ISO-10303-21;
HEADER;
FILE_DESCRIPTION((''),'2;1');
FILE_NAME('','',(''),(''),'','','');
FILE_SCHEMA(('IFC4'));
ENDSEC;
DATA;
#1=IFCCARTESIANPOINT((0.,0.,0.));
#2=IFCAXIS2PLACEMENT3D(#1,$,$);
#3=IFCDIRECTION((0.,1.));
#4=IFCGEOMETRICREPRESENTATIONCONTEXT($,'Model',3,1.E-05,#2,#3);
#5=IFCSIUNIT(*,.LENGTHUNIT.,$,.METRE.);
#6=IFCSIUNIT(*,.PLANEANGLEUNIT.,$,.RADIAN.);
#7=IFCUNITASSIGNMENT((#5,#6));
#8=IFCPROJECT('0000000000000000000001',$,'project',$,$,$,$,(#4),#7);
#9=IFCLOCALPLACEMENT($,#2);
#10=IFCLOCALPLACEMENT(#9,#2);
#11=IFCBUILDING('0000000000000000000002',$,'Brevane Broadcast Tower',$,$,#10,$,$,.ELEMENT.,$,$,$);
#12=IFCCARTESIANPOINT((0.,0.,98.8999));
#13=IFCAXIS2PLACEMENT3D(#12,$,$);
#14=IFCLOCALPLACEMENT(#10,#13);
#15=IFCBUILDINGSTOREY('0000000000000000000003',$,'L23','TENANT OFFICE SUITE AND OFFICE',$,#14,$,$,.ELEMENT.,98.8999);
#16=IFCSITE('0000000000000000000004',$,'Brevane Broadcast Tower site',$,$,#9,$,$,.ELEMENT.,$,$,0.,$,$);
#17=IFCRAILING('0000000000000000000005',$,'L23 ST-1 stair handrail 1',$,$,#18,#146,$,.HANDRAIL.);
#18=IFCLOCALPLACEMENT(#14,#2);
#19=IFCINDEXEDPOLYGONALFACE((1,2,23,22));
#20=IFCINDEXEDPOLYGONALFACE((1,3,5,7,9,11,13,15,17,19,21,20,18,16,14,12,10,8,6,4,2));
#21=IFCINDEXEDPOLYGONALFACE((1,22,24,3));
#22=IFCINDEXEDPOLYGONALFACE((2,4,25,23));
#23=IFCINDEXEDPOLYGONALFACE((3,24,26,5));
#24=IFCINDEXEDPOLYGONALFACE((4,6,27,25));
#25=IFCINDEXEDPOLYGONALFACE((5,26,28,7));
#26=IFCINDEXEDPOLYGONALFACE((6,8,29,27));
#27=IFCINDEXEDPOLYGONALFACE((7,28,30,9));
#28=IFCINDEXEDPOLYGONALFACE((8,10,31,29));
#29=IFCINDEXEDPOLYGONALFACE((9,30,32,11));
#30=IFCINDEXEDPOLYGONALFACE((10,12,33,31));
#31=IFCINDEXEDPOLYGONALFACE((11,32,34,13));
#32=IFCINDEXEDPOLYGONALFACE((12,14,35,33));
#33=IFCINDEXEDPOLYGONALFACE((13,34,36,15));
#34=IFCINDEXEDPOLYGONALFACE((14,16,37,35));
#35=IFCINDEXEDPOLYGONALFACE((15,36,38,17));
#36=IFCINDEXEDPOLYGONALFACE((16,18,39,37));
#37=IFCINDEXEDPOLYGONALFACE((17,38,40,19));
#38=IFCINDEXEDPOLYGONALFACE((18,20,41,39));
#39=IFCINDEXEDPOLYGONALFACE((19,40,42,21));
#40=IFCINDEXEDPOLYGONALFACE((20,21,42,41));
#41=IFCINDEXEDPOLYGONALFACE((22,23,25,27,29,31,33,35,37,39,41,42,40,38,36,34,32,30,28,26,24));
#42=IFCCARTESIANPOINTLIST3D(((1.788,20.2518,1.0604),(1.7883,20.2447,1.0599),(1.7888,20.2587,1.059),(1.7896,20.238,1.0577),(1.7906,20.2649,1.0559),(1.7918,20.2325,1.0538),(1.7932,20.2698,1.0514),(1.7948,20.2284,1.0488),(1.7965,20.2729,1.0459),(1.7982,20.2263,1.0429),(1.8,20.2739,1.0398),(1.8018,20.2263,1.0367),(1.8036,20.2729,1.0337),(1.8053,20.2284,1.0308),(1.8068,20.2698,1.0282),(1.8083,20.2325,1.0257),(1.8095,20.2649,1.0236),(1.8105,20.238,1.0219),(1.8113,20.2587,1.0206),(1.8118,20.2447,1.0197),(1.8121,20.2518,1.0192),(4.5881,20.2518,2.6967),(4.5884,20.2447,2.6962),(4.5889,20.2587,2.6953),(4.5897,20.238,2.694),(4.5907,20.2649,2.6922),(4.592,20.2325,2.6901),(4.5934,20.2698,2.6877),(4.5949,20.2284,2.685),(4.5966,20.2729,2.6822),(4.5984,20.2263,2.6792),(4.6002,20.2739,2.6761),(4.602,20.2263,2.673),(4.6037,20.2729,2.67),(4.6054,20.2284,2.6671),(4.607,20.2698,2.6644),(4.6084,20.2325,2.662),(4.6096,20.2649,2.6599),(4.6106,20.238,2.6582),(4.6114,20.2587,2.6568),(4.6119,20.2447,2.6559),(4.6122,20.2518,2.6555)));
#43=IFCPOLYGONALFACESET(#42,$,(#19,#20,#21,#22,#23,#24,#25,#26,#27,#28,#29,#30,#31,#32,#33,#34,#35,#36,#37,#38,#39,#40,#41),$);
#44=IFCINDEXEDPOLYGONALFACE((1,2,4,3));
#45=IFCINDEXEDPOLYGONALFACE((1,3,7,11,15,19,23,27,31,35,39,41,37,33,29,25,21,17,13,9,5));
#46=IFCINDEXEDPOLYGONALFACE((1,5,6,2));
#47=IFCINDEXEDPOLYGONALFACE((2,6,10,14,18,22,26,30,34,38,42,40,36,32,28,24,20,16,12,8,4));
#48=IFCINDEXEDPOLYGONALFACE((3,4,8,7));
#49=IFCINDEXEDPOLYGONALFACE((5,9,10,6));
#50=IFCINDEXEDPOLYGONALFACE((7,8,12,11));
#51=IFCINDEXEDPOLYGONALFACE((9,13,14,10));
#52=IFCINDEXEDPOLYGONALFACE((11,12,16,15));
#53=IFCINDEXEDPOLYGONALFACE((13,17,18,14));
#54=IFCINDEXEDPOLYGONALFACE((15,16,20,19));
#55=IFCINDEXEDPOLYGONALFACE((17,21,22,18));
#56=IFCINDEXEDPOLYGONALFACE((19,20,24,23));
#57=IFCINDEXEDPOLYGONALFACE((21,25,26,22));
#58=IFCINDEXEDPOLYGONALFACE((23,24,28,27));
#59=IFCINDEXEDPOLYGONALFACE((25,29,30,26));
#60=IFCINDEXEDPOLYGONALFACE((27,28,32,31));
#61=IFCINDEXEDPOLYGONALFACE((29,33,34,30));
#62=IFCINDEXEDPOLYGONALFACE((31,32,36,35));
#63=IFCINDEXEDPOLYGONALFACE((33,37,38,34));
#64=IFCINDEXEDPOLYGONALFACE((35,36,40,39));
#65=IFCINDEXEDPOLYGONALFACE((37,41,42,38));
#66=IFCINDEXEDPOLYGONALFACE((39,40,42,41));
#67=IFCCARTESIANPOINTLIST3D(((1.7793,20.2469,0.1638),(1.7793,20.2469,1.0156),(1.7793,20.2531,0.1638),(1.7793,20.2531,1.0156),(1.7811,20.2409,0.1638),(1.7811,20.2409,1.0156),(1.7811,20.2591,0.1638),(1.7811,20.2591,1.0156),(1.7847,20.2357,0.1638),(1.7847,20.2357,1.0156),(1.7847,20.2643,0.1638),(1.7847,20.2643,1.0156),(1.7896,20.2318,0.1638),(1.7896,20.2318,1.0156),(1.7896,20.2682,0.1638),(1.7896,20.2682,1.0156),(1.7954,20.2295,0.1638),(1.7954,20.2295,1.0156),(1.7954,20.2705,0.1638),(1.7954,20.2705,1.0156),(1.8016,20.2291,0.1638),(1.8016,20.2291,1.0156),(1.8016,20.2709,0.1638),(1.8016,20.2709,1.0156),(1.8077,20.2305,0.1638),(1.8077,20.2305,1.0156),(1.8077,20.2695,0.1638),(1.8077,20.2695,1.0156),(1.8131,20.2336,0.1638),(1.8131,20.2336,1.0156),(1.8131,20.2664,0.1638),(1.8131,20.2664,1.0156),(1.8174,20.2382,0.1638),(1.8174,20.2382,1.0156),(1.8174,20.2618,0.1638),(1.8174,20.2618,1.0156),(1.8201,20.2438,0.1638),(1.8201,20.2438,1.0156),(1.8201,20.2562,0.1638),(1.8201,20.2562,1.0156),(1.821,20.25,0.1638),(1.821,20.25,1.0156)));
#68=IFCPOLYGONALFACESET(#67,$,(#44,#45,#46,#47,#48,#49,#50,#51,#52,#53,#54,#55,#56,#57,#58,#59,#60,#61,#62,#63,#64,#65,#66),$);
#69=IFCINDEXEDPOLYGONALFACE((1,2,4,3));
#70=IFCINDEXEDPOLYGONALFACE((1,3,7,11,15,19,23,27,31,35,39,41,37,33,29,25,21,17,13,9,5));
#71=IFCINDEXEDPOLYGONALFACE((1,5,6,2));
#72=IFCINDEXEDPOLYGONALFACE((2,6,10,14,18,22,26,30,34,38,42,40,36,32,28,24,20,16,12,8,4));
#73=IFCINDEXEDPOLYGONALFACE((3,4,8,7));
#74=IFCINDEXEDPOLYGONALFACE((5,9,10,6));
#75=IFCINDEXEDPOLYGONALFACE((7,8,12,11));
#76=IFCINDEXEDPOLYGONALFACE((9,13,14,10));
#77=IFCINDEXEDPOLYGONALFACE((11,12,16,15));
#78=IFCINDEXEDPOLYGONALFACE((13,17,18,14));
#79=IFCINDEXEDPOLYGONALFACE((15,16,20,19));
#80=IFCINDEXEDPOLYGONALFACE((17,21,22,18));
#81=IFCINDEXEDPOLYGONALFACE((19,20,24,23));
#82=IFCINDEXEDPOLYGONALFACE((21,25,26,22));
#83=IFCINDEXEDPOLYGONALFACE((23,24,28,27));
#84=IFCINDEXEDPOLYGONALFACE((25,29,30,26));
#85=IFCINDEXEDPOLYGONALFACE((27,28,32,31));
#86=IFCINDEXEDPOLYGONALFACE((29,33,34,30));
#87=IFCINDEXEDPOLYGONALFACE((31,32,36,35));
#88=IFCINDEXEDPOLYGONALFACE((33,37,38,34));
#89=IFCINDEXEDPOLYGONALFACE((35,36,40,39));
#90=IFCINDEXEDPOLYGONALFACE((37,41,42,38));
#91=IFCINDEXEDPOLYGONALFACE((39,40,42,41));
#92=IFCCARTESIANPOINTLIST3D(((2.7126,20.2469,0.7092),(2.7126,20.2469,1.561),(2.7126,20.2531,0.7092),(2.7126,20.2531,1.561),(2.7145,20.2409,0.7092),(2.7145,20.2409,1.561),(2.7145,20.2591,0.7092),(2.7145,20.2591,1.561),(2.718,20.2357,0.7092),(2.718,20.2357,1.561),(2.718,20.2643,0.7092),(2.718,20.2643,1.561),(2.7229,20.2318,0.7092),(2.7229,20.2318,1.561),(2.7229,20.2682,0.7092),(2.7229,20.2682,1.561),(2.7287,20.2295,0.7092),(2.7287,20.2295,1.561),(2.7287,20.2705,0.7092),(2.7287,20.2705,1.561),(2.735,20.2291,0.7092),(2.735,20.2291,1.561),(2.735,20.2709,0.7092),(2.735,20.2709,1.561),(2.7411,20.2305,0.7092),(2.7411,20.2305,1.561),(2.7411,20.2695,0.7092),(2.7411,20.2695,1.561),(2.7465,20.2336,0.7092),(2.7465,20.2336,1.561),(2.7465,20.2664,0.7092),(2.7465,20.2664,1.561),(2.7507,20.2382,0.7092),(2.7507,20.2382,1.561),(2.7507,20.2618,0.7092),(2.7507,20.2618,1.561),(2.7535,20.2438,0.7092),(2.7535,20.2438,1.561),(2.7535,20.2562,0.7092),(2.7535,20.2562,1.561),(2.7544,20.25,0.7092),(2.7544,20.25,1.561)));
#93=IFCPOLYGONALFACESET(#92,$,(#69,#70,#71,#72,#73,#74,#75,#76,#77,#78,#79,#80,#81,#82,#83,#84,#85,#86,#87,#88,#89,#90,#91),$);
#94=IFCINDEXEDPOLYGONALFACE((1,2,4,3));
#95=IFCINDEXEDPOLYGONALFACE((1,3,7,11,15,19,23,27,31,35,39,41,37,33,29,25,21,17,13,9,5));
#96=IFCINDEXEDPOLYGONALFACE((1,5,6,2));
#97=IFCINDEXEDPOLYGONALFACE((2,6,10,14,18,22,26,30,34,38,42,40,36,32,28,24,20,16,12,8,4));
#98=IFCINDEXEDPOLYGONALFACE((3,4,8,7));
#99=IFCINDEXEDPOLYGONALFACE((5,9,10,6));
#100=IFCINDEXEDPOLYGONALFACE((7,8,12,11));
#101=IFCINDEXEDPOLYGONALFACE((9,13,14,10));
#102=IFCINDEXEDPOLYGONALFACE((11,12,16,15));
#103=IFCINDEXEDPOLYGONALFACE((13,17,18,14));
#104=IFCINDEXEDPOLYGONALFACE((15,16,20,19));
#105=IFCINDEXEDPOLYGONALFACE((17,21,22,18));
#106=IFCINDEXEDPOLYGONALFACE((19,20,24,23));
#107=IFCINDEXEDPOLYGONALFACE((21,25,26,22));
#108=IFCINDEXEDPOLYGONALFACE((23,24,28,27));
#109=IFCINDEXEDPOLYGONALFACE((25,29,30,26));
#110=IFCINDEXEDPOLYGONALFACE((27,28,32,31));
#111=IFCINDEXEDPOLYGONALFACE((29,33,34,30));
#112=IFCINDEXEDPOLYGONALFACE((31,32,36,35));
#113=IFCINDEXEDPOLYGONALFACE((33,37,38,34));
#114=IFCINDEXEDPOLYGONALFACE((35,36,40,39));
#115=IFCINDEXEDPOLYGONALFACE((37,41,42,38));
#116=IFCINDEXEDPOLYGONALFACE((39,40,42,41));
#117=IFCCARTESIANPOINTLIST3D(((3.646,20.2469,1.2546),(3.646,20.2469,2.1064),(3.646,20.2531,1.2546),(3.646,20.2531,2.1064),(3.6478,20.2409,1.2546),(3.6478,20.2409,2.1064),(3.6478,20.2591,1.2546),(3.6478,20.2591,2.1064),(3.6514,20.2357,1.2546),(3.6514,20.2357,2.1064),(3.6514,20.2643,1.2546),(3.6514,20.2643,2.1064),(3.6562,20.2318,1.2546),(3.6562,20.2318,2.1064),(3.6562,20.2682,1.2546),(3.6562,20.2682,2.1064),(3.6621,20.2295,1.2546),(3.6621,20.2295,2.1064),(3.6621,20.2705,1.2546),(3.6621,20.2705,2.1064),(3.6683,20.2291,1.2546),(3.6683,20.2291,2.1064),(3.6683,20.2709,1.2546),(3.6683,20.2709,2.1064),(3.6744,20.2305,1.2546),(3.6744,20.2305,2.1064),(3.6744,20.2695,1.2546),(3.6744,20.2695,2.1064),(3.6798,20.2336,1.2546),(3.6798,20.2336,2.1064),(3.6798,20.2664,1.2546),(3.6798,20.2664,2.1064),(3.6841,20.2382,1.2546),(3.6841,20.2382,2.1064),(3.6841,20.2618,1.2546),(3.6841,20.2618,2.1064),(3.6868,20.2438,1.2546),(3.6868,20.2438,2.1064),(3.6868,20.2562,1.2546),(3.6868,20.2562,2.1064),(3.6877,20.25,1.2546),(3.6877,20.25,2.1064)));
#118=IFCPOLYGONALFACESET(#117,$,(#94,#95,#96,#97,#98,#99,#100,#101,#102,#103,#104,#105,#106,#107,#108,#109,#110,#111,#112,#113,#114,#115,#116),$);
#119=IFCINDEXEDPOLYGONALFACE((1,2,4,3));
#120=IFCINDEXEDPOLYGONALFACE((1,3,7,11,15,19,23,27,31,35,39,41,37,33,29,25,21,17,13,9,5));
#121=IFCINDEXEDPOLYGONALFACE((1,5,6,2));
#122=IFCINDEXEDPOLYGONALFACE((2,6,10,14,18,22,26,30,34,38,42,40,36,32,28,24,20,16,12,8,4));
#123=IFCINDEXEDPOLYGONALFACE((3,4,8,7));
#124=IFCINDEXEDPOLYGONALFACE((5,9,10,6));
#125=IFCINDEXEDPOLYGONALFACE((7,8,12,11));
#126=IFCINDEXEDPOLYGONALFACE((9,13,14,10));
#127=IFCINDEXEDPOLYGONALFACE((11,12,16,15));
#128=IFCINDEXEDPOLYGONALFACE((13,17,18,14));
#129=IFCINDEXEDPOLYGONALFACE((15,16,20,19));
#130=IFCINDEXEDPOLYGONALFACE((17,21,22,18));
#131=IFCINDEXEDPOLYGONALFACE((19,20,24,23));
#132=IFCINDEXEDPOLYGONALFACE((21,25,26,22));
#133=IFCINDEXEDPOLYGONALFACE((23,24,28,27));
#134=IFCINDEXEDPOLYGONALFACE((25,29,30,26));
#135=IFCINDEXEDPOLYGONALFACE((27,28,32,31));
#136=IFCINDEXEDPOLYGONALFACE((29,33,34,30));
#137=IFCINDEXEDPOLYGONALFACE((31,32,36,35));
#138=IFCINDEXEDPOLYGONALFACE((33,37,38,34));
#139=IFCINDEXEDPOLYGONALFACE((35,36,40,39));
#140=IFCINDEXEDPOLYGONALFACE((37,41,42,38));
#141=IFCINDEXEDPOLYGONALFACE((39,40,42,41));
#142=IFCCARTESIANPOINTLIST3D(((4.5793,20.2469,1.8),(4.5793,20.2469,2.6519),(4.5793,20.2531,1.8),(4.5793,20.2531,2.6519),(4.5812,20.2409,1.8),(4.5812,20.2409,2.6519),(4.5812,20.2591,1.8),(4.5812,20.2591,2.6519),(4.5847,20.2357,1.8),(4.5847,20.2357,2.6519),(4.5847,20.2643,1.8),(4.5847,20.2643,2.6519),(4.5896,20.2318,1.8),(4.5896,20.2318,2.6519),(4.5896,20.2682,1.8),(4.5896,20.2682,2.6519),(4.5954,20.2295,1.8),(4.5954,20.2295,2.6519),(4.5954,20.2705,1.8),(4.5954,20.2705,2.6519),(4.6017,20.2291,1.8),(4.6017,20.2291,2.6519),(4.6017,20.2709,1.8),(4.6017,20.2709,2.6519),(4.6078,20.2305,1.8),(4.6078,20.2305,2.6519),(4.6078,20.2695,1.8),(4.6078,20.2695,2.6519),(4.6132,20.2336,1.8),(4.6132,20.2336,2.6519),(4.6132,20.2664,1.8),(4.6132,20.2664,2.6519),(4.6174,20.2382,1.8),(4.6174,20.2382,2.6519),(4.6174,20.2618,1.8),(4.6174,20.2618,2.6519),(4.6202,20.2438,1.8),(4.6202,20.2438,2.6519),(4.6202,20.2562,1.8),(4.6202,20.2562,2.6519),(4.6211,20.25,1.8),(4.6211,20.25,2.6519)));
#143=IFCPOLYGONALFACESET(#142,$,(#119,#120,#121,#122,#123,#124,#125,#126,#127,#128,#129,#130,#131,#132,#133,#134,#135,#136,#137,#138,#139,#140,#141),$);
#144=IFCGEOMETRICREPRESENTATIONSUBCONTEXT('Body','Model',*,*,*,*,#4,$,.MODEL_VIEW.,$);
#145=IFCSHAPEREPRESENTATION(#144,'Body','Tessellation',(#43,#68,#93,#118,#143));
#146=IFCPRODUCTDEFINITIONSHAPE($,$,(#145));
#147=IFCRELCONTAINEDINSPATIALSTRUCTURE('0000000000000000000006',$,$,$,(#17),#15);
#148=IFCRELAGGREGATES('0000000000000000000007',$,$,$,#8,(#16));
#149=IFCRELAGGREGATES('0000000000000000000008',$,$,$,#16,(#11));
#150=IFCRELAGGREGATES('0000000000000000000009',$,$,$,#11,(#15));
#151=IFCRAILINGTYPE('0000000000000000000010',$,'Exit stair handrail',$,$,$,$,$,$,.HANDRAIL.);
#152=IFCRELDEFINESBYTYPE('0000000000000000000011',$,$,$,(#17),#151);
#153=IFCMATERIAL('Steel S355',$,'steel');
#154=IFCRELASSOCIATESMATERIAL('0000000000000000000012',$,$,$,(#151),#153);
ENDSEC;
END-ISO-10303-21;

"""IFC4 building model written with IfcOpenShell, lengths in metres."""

from ifc_helpers import new_model, si_unit, direction, frame, origin, origin_2d, place, context, subcontext, project, spatial, circle, extrude, material, type_object, element, save


model = new_model("IFC4")

# Units and contexts
model_context = context("Model", 3, precision=1e-05, world=origin(), true_north=direction((0.0, 1.0)))
body_context = subcontext(model_context, "Body", "Model", "MODEL_VIEW")
ifc_project = project(units=[si_unit("LENGTHUNIT", "METRE"), si_unit("PLANEANGLEUNIT", "RADIAN")], contexts=[model_context])

# Site, building, storey
site_placement = place(None, origin())
site = spatial("IfcSite", under=ifc_project, at=site_placement, Name="Brevane Broadcast Tower site", CompositionType="ELEMENT", RefElevation=0.0)
building_placement = place(site_placement, origin())
building = spatial("IfcBuilding", under=site, at=building_placement, Name="Brevane Broadcast Tower", CompositionType="ELEMENT")
storey_placement = place(building_placement, frame((0.0, 0.0, 98.8999)))
storey = spatial("IfcBuildingStorey", under=building, at=storey_placement, Name="L23", Description="TENANT OFFICE SUITE AND OFFICE", CompositionType="ELEMENT", Elevation=98.8999)

# Railing
ifc_material_1 = material(Name="Steel S355", Category="steel")
railing_type_1 = type_object("IfcRailingType", Name="Exit stair handrail", PredefinedType="HANDRAIL", material=ifc_material_1)
railing_1_placement = place(storey_placement, frame((1.8, 20.25, 0.1638)))
element("IfcRailing", 1, at=railing_1_placement, inside=storey, type_object=railing_type_1, Name="L23 ST-1 stair handrail 1", PredefinedType="HANDRAIL", context=body_context, shape_type="SweptSolid", body=[
    extrude(circle(Radius=0.0239, at=origin_2d()), frame((0.0, 0.0, 0.876), z_axis=(0.863394, 0.0, 0.504531), x_axis=(0.0, 1.0, 0.0)), (0.0, 0.0, 1.0), 3.2432),
    extrude(circle(Radius=0.021, at=origin_2d()), origin(), (0.0, 0.0, 1.0), 0.8518),
    extrude(circle(Radius=0.021, at=origin_2d()), frame((0.9333, 0.0, 0.5454)), (0.0, 0.0, 1.0), 0.8518),
    extrude(circle(Radius=0.021, at=origin_2d()), frame((1.8667, 0.0, 1.0908)), (0.0, 0.0, 1.0), 0.8518),
    extrude(circle(Radius=0.021, at=origin_2d()), frame((2.8, 0.0, 1.6362)), (0.0, 0.0, 1.0), 0.8518),
])

save(model, "model.ifc")
